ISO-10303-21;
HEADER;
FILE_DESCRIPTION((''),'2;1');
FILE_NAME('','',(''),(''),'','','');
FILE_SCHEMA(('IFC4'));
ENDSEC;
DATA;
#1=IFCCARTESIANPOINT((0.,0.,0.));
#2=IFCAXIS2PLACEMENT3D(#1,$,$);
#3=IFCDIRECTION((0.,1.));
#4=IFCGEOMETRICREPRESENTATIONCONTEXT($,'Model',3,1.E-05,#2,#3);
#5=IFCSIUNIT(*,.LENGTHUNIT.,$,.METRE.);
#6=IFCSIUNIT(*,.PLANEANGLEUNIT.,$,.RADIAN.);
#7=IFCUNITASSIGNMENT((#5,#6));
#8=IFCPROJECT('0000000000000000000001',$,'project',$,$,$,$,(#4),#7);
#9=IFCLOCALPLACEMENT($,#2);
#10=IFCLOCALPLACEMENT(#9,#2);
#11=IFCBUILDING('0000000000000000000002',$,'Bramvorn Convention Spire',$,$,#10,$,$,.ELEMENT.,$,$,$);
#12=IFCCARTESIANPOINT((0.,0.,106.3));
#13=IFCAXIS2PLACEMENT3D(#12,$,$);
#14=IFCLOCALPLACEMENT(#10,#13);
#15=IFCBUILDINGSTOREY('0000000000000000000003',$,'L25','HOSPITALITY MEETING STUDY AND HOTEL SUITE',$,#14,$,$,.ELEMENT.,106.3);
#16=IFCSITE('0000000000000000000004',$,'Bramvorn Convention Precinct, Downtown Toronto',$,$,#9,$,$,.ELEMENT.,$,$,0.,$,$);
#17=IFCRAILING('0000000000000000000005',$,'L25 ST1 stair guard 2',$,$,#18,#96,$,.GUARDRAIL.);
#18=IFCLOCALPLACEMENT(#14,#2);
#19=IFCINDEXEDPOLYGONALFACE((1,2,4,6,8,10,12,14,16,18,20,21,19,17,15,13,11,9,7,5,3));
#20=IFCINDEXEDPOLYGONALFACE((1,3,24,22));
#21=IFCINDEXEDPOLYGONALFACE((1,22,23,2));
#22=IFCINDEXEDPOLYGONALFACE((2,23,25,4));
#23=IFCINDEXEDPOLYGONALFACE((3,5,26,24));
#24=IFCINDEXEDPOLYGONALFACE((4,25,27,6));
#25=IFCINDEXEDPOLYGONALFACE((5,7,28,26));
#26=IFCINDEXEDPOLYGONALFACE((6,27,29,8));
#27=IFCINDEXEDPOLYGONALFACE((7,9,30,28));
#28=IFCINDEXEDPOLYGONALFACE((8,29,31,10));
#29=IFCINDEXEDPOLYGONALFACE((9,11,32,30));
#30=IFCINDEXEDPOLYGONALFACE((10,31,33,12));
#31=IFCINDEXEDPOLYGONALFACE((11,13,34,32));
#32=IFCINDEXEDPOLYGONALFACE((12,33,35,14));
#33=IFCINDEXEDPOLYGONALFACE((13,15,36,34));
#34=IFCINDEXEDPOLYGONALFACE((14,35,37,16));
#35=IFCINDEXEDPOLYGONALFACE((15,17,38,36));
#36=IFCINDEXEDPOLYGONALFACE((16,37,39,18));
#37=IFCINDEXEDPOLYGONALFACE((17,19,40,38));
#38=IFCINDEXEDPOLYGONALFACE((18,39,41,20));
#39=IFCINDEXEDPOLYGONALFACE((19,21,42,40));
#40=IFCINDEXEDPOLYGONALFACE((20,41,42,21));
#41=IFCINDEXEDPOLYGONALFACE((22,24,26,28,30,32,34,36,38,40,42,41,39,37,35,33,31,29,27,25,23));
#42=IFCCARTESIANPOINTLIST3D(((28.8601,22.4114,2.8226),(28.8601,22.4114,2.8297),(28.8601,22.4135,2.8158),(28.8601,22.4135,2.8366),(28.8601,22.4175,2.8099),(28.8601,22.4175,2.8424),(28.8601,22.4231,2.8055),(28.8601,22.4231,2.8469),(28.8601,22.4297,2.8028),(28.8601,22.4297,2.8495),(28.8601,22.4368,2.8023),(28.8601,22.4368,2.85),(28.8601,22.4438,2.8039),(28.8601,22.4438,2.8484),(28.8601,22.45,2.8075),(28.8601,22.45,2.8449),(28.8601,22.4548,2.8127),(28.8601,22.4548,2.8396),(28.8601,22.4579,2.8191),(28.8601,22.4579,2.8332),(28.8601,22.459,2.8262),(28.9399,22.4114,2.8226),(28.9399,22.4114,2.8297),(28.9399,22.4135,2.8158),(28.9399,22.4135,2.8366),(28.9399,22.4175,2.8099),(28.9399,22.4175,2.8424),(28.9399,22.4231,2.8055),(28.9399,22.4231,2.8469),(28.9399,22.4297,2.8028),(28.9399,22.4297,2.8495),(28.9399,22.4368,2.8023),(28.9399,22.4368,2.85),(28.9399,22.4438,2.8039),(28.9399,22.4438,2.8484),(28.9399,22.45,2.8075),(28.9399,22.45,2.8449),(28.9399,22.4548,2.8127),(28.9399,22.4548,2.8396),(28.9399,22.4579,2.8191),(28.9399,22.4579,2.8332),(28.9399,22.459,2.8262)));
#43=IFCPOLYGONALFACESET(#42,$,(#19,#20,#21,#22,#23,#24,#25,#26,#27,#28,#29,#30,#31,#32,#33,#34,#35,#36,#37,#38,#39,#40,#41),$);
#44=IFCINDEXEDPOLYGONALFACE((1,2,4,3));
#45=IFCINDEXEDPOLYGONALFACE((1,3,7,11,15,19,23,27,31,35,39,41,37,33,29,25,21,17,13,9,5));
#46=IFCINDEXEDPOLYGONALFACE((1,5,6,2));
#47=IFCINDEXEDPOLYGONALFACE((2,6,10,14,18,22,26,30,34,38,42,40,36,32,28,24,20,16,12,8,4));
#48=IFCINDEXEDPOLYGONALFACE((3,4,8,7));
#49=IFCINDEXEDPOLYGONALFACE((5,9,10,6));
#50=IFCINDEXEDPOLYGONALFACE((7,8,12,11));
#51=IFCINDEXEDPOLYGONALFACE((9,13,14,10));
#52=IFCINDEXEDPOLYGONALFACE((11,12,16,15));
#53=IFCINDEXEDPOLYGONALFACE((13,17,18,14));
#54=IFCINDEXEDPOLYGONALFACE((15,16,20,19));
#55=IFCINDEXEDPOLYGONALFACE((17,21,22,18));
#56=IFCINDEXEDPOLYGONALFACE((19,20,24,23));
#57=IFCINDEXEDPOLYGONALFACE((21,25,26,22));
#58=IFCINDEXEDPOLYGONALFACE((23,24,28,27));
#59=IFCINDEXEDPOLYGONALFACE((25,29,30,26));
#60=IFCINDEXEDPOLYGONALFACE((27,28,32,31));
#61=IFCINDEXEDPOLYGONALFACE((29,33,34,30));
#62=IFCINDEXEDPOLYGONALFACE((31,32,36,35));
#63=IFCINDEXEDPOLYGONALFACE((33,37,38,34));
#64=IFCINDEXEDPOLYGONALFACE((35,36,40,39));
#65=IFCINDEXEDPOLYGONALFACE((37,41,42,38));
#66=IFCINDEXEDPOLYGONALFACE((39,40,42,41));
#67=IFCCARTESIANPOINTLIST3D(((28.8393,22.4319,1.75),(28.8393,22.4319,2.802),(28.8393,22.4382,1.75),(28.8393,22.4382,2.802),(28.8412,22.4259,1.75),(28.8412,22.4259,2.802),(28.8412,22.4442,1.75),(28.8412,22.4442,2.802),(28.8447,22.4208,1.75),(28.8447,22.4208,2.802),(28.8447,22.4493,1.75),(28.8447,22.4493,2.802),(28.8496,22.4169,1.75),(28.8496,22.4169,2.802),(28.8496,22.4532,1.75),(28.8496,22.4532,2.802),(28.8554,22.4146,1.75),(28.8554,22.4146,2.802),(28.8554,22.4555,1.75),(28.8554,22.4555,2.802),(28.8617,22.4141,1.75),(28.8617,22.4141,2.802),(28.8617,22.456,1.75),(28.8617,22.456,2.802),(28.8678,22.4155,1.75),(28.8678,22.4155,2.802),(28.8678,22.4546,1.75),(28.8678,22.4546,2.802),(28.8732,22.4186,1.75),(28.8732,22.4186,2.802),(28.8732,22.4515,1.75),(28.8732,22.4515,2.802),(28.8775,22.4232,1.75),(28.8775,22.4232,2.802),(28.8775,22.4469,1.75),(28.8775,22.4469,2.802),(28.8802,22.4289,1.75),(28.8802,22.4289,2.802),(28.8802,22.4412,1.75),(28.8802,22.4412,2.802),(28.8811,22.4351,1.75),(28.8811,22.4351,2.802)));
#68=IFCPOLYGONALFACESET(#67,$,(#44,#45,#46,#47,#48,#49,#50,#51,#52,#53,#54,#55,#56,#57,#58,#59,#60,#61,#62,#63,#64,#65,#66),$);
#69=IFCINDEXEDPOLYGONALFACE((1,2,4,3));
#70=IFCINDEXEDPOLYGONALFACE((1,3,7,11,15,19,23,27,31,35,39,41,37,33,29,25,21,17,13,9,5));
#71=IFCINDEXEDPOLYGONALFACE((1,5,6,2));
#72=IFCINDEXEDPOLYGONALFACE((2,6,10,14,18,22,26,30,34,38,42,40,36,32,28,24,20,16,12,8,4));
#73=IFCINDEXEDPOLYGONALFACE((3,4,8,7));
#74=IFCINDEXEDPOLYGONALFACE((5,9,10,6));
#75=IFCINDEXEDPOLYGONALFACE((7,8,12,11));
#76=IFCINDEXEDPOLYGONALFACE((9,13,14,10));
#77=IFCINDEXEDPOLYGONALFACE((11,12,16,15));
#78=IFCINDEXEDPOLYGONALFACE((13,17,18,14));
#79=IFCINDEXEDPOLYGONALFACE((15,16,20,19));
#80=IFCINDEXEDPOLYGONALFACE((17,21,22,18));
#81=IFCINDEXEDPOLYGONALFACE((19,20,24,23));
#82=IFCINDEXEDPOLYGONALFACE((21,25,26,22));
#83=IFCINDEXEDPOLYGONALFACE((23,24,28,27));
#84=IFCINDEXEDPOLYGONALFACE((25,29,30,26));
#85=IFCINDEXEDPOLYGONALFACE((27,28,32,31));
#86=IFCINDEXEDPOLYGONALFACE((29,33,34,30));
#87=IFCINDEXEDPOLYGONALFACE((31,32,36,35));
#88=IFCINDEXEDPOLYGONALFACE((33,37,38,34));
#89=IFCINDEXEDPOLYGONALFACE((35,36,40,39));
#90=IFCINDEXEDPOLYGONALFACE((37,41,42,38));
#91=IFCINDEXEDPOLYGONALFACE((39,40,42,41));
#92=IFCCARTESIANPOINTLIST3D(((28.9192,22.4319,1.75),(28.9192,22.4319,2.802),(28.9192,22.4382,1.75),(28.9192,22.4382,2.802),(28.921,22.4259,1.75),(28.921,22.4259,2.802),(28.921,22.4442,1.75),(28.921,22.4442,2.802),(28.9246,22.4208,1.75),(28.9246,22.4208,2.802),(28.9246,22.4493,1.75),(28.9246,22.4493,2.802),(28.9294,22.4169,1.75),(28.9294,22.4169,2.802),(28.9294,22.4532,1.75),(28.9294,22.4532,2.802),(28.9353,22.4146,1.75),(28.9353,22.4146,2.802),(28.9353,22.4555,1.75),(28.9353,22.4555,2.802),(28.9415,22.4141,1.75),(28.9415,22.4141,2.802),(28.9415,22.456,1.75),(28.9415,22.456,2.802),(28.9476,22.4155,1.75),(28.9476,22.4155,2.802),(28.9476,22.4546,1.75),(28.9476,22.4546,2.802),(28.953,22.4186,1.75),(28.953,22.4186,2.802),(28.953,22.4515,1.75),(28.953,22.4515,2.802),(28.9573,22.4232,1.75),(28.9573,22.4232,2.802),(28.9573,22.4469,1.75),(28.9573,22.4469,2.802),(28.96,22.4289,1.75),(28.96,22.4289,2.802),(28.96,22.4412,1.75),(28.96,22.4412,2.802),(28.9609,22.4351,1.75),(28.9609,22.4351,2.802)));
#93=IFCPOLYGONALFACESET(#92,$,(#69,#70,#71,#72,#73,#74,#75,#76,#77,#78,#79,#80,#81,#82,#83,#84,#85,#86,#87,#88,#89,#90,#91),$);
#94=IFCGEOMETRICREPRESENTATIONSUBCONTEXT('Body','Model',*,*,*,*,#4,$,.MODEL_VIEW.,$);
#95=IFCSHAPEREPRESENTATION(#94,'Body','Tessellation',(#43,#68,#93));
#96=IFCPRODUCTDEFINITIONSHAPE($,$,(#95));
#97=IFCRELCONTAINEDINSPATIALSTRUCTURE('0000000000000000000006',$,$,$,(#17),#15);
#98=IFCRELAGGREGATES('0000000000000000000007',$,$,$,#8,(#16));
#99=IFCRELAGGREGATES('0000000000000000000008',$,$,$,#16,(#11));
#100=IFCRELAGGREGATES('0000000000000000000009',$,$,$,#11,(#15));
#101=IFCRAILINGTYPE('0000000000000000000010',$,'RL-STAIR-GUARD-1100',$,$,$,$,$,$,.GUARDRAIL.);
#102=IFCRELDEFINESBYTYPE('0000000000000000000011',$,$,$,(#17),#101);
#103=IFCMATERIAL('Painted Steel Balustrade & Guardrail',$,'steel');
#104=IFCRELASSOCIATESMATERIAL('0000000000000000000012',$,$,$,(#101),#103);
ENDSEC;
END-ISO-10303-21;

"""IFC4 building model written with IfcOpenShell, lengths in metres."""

from ifc_helpers import new_model, si_unit, direction, frame, origin, origin_2d, place, context, subcontext, project, spatial, circle, extrude, material, type_object, element, save


model = new_model("IFC4")

# Units and contexts
model_context = context("Model", 3, precision=1e-05, world=origin(), true_north=direction((0.0, 1.0)))
body_context = subcontext(model_context, "Body", "Model", "MODEL_VIEW")
ifc_project = project(units=[si_unit("LENGTHUNIT", "METRE"), si_unit("PLANEANGLEUNIT", "RADIAN")], contexts=[model_context])

# Site, building, storey
site_placement = place(None, origin())
site = spatial("IfcSite", under=ifc_project, at=site_placement, Name="Bramvorn Convention Precinct, Downtown Toronto", CompositionType="ELEMENT", RefElevation=0.0)
building_placement = place(site_placement, origin())
building = spatial("IfcBuilding", under=site, at=building_placement, Name="Bramvorn Convention Spire", CompositionType="ELEMENT")
storey_placement = place(building_placement, frame((0.0, 0.0, 106.3)))
storey = spatial("IfcBuildingStorey", under=building, at=storey_placement, Name="L25", Description="HOSPITALITY MEETING STUDY AND HOTEL SUITE", CompositionType="ELEMENT", Elevation=106.3)

# Railing
ifc_material_1 = material(Name="Painted Steel Balustrade & Guardrail", Category="steel")
railing_type_1 = type_object("IfcRailingType", Name="RL-STAIR-GUARD-1100", PredefinedType="GUARDRAIL", material=ifc_material_1)
railing_1_placement = place(storey_placement, frame((28.8601, 22.4351, 1.75)))
element("IfcRailing", 1, at=railing_1_placement, inside=storey, type_object=railing_type_1, Name="L25 ST1 stair guard 2", PredefinedType="GUARDRAIL", context=body_context, shape_type="SweptSolid", body=[
    extrude(circle(Radius=0.0239, at=origin_2d()), frame((0.0, 0.0, 1.0762), z_axis=(1.0, 0.0, 0.0), x_axis=(0.0, 1.0, 0.0)), (0.0, 0.0, 1.0), 0.0798),
    extrude(circle(Radius=0.021, at=origin_2d()), origin(), (0.0, 0.0, 1.0), 1.052),
    extrude(circle(Radius=0.021, at=origin_2d()), frame((0.0798, 0.0, 0.0)), (0.0, 0.0, 1.0), 1.052),
])

save(model, "model.ifc")
